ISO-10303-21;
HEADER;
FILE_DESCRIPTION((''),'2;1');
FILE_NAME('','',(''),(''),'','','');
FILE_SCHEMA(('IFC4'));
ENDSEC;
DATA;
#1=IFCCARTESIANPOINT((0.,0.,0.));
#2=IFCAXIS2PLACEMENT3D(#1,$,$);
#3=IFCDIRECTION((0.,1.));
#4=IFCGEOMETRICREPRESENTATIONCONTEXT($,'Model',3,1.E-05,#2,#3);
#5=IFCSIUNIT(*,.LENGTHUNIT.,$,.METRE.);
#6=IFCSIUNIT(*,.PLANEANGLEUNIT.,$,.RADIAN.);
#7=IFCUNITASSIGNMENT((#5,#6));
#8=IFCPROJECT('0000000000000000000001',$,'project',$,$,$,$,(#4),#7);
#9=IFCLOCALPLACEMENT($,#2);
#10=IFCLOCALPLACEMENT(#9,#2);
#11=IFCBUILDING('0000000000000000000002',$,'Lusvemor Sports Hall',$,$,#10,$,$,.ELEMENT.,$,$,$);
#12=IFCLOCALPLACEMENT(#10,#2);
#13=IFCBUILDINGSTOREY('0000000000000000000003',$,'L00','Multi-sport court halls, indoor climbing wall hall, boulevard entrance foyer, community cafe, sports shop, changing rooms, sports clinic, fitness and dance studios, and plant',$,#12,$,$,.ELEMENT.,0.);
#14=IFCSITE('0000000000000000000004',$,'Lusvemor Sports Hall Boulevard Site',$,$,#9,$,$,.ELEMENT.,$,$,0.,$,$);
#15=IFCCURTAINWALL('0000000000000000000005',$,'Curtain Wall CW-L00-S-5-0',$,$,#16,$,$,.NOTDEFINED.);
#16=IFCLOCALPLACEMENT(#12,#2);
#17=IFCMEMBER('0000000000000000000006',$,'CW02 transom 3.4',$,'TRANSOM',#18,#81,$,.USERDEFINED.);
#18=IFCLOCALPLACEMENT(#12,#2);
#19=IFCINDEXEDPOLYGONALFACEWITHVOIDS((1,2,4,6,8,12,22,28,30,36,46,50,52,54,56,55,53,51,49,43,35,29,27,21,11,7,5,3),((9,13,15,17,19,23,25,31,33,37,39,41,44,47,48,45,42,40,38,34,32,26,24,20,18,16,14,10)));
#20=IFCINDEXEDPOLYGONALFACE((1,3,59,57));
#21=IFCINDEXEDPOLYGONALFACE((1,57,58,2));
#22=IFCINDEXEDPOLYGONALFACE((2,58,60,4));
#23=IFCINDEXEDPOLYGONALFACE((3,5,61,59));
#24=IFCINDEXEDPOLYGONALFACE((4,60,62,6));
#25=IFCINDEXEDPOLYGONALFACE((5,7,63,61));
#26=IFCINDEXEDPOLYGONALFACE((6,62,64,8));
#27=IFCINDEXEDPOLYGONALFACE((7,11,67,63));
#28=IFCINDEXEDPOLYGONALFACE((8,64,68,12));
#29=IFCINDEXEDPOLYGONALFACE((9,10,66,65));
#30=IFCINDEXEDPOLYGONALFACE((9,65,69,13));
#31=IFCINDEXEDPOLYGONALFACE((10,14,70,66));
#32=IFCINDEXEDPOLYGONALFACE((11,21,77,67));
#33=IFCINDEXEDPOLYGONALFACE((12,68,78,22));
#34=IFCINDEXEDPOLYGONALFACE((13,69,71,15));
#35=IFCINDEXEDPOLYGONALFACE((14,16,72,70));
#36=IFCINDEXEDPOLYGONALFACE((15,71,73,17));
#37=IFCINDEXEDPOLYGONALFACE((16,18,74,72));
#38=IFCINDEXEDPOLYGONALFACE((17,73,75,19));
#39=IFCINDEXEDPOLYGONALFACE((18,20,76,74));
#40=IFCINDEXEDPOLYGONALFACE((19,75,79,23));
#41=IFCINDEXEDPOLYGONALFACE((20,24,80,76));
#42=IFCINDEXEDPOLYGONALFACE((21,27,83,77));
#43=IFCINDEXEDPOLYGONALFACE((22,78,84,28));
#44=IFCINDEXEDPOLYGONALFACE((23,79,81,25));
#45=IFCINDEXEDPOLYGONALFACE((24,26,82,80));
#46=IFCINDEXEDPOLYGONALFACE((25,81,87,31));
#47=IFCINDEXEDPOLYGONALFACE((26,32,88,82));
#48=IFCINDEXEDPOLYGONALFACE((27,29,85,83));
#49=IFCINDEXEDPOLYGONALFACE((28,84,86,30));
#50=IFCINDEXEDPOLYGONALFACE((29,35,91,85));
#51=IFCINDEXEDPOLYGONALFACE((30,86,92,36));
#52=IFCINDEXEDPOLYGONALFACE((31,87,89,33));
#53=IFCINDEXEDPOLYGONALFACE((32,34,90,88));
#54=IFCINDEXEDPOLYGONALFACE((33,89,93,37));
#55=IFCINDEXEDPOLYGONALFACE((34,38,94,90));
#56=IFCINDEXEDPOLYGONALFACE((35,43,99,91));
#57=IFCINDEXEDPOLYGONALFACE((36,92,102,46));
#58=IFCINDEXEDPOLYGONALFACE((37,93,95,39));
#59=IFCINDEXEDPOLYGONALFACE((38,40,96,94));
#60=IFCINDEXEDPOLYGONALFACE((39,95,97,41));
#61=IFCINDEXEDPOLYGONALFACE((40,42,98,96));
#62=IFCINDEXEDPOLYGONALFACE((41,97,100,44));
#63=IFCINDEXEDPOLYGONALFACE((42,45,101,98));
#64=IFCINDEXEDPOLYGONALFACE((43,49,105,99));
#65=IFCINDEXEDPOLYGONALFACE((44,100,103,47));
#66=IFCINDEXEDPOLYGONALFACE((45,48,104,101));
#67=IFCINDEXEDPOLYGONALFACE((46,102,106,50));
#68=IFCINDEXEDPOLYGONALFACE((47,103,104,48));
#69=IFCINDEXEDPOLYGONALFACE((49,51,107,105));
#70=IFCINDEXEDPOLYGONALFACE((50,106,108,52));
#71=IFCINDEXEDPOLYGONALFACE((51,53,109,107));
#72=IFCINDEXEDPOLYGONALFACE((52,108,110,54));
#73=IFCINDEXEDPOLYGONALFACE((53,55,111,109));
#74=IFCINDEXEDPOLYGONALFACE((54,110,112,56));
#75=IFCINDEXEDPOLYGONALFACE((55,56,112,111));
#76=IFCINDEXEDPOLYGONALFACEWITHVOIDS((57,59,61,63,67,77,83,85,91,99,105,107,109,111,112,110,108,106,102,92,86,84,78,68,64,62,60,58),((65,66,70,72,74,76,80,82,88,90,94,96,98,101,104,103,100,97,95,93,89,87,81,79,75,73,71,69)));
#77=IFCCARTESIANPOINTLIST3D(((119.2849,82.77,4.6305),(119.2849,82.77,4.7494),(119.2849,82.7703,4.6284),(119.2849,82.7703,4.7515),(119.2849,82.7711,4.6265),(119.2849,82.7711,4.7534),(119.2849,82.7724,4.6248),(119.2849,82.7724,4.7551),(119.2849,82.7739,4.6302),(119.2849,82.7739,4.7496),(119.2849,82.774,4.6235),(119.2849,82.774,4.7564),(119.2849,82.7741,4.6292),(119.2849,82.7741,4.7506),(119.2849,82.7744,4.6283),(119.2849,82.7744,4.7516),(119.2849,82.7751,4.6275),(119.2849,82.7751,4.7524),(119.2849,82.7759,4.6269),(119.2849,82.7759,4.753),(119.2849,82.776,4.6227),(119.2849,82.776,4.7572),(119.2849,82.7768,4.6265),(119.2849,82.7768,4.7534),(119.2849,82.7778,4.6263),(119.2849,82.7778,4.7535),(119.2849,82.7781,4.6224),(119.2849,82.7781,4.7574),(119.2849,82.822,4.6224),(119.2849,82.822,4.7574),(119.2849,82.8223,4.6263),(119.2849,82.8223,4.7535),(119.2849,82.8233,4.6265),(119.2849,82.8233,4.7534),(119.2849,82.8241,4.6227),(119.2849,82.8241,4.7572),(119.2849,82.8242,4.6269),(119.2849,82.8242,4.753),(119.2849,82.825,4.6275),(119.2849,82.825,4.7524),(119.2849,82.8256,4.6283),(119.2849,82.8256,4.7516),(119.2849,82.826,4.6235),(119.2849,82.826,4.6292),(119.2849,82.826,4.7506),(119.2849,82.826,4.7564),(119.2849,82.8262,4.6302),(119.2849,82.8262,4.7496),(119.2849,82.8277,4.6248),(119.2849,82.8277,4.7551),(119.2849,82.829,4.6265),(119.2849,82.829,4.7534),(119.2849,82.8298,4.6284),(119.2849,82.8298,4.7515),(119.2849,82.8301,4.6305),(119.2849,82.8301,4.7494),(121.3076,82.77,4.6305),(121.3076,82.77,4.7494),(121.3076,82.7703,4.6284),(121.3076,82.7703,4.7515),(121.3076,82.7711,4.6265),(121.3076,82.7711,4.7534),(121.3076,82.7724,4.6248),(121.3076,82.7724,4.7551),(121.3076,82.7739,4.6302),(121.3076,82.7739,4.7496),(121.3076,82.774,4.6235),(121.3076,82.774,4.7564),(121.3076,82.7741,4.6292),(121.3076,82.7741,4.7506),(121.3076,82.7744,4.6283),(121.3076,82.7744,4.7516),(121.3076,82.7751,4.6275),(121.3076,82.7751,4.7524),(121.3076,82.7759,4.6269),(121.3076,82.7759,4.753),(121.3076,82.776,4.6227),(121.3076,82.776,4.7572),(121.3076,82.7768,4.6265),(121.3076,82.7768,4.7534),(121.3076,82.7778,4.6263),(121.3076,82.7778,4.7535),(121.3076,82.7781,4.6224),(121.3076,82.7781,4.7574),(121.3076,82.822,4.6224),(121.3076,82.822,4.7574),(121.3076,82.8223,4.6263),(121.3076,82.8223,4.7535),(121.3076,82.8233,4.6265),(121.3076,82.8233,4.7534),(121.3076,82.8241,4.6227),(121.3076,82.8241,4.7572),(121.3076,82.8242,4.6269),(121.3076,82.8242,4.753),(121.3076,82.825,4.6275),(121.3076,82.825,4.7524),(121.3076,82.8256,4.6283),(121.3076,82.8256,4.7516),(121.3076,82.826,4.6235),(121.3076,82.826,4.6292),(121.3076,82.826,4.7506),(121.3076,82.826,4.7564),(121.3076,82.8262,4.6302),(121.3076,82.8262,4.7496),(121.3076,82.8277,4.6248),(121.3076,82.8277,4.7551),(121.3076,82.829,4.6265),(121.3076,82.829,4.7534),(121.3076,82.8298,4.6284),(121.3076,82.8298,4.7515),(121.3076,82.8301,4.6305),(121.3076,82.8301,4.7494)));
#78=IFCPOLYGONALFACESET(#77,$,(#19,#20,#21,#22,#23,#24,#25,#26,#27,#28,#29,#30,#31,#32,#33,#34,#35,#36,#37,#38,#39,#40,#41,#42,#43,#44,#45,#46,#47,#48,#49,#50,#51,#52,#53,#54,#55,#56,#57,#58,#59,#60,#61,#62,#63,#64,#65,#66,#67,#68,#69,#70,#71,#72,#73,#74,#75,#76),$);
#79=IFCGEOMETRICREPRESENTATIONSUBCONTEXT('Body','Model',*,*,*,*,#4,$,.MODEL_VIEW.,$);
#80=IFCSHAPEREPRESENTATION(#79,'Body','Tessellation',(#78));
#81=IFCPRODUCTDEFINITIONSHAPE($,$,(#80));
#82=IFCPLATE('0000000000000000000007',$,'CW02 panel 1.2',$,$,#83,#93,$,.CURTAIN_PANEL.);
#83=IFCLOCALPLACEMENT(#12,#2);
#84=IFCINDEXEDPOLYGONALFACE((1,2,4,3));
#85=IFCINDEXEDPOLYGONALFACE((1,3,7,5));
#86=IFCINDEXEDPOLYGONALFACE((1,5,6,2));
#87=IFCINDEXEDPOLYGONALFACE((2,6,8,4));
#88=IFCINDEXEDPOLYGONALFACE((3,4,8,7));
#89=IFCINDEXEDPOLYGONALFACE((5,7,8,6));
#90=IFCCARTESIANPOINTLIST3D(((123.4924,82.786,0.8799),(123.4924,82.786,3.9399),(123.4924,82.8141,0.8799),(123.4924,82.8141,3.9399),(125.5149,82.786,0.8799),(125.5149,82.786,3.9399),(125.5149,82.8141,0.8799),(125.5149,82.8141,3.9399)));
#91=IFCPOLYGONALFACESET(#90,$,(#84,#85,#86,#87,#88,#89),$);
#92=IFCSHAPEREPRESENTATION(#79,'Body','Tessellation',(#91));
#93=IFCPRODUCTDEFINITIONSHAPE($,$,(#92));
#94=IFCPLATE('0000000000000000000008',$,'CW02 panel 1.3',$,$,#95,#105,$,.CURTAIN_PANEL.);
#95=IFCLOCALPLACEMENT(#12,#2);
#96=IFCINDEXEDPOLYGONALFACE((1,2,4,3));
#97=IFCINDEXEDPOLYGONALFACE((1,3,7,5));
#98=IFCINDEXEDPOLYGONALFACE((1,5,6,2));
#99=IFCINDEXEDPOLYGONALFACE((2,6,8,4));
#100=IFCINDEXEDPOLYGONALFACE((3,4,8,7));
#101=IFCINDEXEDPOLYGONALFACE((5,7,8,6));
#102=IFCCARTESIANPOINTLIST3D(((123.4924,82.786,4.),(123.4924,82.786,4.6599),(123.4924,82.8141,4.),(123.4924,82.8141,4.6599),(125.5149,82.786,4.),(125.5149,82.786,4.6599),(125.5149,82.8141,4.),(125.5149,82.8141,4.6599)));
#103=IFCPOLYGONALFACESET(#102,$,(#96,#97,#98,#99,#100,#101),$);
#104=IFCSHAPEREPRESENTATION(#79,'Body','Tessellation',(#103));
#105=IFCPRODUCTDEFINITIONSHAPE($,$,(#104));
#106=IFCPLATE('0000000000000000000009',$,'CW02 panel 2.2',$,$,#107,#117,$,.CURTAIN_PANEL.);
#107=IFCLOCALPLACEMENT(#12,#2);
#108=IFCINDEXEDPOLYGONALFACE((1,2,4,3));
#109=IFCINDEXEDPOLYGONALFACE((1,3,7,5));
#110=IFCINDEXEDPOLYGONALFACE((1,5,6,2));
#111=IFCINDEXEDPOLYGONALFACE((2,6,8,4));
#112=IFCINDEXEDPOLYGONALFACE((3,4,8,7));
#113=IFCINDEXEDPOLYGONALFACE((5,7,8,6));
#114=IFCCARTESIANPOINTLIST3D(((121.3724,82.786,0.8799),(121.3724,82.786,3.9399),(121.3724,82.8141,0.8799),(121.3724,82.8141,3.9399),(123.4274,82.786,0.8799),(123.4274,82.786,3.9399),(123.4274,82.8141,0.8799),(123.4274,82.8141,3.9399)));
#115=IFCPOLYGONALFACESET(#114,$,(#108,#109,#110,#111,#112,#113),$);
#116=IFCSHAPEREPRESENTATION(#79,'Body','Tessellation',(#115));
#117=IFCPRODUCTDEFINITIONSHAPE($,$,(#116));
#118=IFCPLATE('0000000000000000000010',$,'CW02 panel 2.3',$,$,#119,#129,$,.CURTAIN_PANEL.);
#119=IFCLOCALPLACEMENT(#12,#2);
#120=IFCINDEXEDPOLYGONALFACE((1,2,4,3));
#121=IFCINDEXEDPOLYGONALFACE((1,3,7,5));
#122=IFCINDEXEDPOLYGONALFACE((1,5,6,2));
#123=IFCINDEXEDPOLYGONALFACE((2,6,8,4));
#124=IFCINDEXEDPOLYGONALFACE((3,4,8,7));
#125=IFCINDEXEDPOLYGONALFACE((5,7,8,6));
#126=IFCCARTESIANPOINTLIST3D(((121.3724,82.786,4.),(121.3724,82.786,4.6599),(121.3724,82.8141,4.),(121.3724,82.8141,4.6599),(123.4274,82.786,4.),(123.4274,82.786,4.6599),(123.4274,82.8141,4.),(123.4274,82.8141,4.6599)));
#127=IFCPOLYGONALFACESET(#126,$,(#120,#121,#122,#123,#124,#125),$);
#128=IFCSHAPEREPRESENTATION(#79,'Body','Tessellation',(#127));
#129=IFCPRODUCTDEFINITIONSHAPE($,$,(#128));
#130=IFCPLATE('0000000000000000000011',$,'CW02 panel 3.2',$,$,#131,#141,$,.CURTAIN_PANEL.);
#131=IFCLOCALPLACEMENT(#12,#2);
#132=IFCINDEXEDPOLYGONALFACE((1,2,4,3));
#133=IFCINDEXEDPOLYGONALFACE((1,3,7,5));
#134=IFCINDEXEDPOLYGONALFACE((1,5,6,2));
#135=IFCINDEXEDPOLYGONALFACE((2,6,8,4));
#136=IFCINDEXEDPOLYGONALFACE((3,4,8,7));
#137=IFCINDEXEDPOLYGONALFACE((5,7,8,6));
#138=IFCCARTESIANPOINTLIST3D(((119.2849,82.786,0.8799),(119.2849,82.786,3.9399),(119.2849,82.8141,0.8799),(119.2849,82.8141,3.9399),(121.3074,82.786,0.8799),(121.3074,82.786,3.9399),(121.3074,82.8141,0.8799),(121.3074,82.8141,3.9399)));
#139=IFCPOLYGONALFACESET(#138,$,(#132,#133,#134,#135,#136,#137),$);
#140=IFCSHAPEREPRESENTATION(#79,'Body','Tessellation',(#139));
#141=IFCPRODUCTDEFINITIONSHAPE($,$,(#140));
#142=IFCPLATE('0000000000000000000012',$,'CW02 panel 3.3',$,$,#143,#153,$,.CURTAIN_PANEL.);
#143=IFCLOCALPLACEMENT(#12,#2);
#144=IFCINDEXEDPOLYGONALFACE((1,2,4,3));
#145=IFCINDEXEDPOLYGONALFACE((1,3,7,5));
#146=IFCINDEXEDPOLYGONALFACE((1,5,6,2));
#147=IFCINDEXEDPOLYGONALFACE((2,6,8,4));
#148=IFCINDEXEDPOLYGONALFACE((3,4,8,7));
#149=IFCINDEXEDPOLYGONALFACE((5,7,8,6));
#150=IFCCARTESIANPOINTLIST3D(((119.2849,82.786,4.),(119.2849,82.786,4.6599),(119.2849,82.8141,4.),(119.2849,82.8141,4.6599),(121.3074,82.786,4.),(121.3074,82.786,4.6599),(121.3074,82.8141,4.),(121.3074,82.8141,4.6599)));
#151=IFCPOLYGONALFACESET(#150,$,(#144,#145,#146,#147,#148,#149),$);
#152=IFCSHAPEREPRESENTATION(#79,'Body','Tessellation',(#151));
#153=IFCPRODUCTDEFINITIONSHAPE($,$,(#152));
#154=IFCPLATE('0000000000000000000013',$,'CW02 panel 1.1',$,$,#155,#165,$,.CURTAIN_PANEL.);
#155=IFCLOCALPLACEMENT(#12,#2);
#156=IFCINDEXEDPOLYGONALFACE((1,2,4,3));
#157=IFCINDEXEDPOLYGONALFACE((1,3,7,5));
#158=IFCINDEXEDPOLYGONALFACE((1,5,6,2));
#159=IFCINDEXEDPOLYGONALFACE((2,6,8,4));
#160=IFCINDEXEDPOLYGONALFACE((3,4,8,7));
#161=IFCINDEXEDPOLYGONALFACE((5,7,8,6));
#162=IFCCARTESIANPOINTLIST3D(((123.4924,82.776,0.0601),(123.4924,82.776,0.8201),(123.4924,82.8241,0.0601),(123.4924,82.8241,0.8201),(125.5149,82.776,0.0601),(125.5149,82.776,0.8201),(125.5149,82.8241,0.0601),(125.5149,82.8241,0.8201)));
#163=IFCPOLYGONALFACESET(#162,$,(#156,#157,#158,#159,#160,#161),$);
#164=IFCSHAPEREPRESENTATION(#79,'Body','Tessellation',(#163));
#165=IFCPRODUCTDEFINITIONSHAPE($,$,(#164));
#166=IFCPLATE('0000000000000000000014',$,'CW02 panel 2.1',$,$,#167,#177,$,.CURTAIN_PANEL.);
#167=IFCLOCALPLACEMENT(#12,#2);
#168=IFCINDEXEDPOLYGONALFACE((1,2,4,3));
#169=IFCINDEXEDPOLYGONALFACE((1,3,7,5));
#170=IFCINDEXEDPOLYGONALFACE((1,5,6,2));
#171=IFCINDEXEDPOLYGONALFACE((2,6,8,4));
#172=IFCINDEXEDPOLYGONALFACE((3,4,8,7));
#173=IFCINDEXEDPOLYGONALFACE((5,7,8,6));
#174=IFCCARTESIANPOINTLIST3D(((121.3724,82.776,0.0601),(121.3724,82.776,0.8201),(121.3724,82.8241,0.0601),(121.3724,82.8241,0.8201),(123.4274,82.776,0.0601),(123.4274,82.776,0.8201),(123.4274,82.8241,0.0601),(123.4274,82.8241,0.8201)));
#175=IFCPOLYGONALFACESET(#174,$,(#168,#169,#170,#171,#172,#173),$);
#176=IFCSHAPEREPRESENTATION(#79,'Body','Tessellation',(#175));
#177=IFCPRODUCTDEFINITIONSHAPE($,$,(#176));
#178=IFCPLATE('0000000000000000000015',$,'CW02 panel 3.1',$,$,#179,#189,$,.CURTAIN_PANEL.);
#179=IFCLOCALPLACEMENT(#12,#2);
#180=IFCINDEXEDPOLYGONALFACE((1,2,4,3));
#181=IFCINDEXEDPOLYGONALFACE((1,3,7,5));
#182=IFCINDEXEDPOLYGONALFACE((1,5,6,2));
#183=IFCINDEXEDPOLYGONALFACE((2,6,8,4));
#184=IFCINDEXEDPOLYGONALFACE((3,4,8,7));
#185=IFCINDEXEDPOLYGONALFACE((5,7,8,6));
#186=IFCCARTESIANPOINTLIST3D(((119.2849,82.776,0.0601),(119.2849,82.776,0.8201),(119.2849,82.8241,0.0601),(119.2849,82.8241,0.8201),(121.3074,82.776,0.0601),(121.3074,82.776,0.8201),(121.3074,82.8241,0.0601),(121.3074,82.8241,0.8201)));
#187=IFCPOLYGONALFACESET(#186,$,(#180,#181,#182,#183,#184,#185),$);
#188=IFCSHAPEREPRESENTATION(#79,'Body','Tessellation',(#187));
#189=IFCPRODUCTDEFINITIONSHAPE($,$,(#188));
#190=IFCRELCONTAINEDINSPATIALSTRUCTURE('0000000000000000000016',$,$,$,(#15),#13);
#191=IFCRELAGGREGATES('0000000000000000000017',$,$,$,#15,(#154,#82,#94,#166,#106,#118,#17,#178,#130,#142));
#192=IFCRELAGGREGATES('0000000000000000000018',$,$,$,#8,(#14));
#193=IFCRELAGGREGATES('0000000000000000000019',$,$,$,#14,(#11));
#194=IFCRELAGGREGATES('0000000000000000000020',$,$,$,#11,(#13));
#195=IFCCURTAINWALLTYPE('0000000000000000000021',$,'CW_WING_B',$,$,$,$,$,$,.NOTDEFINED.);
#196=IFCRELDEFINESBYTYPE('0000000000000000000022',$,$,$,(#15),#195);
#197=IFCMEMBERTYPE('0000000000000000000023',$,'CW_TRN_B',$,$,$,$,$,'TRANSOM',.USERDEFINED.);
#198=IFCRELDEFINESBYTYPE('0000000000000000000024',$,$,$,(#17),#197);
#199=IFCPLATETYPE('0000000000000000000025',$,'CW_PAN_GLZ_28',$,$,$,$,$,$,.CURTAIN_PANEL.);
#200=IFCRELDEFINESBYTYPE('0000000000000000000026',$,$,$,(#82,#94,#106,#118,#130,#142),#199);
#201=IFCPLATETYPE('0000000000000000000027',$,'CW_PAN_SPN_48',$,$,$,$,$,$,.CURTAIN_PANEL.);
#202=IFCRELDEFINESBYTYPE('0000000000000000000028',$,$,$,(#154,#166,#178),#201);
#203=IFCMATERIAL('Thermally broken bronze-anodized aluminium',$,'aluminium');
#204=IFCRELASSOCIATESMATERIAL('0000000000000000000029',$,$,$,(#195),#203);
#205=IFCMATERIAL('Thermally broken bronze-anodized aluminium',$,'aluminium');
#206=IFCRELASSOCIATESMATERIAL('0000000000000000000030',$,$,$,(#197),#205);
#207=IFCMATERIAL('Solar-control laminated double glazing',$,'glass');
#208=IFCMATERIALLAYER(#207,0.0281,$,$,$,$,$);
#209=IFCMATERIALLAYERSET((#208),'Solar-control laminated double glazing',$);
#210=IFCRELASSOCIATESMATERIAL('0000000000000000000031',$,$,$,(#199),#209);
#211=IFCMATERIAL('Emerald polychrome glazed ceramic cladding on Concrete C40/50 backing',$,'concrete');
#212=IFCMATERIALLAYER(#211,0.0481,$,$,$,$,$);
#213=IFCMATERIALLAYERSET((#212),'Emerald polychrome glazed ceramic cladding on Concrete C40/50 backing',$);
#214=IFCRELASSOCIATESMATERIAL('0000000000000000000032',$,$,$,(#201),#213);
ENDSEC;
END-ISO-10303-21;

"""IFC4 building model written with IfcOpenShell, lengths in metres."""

from ifc_helpers import new_model, si_unit, direction, frame, origin, origin_2d, place, context, subcontext, project, spatial, rectangle, hollow_rectangle, extrude, material, layer, layer_set, material_profile, profile_set, type_object, element, aggregate, save


model = new_model("IFC4")

# Units and contexts
model_context = context("Model", 3, precision=1e-05, world=origin(), true_north=direction((0.0, 1.0)))
body_context = subcontext(model_context, "Body", "Model", "MODEL_VIEW")
ifc_project = project(units=[si_unit("LENGTHUNIT", "METRE"), si_unit("PLANEANGLEUNIT", "RADIAN")], contexts=[model_context])

# Site, building, storey
site_placement = place(None, origin())
site = spatial("IfcSite", under=ifc_project, at=site_placement, Name="Lusvemor Sports Hall Boulevard Site", CompositionType="ELEMENT", RefElevation=0.0)
building_placement = place(site_placement, origin())
building = spatial("IfcBuilding", under=site, at=building_placement, Name="Lusvemor Sports Hall", CompositionType="ELEMENT")
storey_placement = place(building_placement, origin())
storey = spatial("IfcBuildingStorey", under=building, at=storey_placement, Name="L00", Description="Multi-sport court halls, indoor climbing wall hall, boulevard entrance foyer, community cafe, sports shop, changing rooms, sports clinic, fitness and dance studios, and plant", CompositionType="ELEMENT", Elevation=0.0)

# Curtain wall, member, plates
ifc_material_1 = material(Name="Thermally broken bronze-anodized aluminium", Category="aluminium")
curtain_wall_type = type_object("IfcCurtainWallType", Name="CW_WING_B", PredefinedType="NOTDEFINED", material=ifc_material_1)
curtain_wall_placement = place(storey_placement, origin())
curtain_wall = element("IfcCurtainWall", 1, at=curtain_wall_placement, inside=storey, type_object=curtain_wall_type, Name="Curtain Wall CW-L00-S-5-0", PredefinedType="NOTDEFINED")
ifc_material_2 = material(Name="Thermally broken bronze-anodized aluminium", Category="aluminium")
ifc_material_profile_1 = material_profile(ifc_material_2, hollow_rectangle(XDim=0.0601, YDim=0.135, WallThickness=0.0039, InnerFilletRadius=0.0039, OuterFilletRadius=0.0081, at=origin_2d()), Name="CWTRN135x60x4")
ifc_profile_set_1 = profile_set([ifc_material_profile_1], Name="Thermally broken bronze-anodized aluminium")
member_type_1 = type_object("IfcMemberType", Name="CW_TRN_B", ElementType="TRANSOM", PredefinedType="USERDEFINED", material=ifc_profile_set_1)
member_1_placement = place(storey_placement, frame((121.3076, 82.8, 4.6899), z_axis=(-1.0, 0.0, 0.0), x_axis=(0.0, -1.0, 0.0)))
member_1 = element("IfcMember", 2, at=member_1_placement, type_object=member_type_1, Name="CW02 transom 3.4", ObjectType="TRANSOM", PredefinedType="USERDEFINED", context=body_context, shape_type="SweptSolid", body=[
    extrude(hollow_rectangle(XDim=0.0601, YDim=0.135, WallThickness=0.0039, InnerFilletRadius=0.0039, OuterFilletRadius=0.0081, at=origin_2d()), origin(), (0.0, 0.0, 1.0), 2.0227),
])
ifc_material_3 = material(Name="Solar-control laminated double glazing", Category="glass")
ifc_layer_1 = layer(ifc_material_3, 0.0281)
ifc_layer_set_1 = layer_set([ifc_layer_1], Name="Solar-control laminated double glazing")
plate_type_1 = type_object("IfcPlateType", Name="CW_PAN_GLZ_28", PredefinedType="CURTAIN_PANEL", material=ifc_layer_set_1)
plate_1_placement = place(storey_placement, frame((124.5037, 82.8, 0.8799), z_axis=(0.0, 0.0, 1.0), x_axis=(-1.0, 0.0, 0.0)))
plate_1 = element("IfcPlate", 3, at=plate_1_placement, type_object=plate_type_1, Name="CW02 panel 1.2", PredefinedType="CURTAIN_PANEL", context=body_context, shape_type="SweptSolid", body=[
    extrude(rectangle(XDim=2.0225, YDim=0.0281, at=origin_2d()), origin(), (0.0, 0.0, 1.0), 3.0601),
])
plate_2_placement = place(storey_placement, frame((124.5037, 82.8, 4.0), z_axis=(0.0, 0.0, 1.0), x_axis=(-1.0, 0.0, 0.0)))
plate_2 = element("IfcPlate", 4, at=plate_2_placement, type_object=plate_type_1, Name="CW02 panel 1.3", PredefinedType="CURTAIN_PANEL", context=body_context, shape_type="SweptSolid", body=[
    extrude(rectangle(XDim=2.0225, YDim=0.0281, at=origin_2d()), origin(), (0.0, 0.0, 1.0), 0.6599),
])
plate_3_placement = place(storey_placement, frame((122.3999, 82.8, 0.8799), z_axis=(0.0, 0.0, 1.0), x_axis=(-1.0, 0.0, 0.0)))
plate_3 = element("IfcPlate", 5, at=plate_3_placement, type_object=plate_type_1, Name="CW02 panel 2.2", PredefinedType="CURTAIN_PANEL", context=body_context, shape_type="SweptSolid", body=[
    extrude(rectangle(XDim=2.0549, YDim=0.0281, at=origin_2d()), origin(), (0.0, 0.0, 1.0), 3.0601),
])
plate_4_placement = place(storey_placement, frame((122.3999, 82.8, 4.0), z_axis=(0.0, 0.0, 1.0), x_axis=(-1.0, 0.0, 0.0)))
plate_4 = element("IfcPlate", 6, at=plate_4_placement, type_object=plate_type_1, Name="CW02 panel 2.3", PredefinedType="CURTAIN_PANEL", context=body_context, shape_type="SweptSolid", body=[
    extrude(rectangle(XDim=2.0549, YDim=0.0281, at=origin_2d()), origin(), (0.0, 0.0, 1.0), 0.6599),
])
plate_5_placement = place(storey_placement, frame((120.2961, 82.8, 0.8799), z_axis=(0.0, 0.0, 1.0), x_axis=(-1.0, 0.0, 0.0)))
plate_5 = element("IfcPlate", 7, at=plate_5_placement, type_object=plate_type_1, Name="CW02 panel 3.2", PredefinedType="CURTAIN_PANEL", context=body_context, shape_type="SweptSolid", body=[
    extrude(rectangle(XDim=2.0225, YDim=0.0281, at=origin_2d()), origin(), (0.0, 0.0, 1.0), 3.0601),
])
plate_6_placement = place(storey_placement, frame((120.2961, 82.8, 4.0), z_axis=(0.0, 0.0, 1.0), x_axis=(-1.0, 0.0, 0.0)))
plate_6 = element("IfcPlate", 8, at=plate_6_placement, type_object=plate_type_1, Name="CW02 panel 3.3", PredefinedType="CURTAIN_PANEL", context=body_context, shape_type="SweptSolid", body=[
    extrude(rectangle(XDim=2.0225, YDim=0.0281, at=origin_2d()), origin(), (0.0, 0.0, 1.0), 0.6599),
])
ifc_material_4 = material(Name="Emerald polychrome glazed ceramic cladding on Concrete C40/50 backing", Category="concrete")
ifc_layer_2 = layer(ifc_material_4, 0.0481)
ifc_layer_set_2 = layer_set([ifc_layer_2], Name="Emerald polychrome glazed ceramic cladding on Concrete C40/50 backing")
plate_type_2 = type_object("IfcPlateType", Name="CW_PAN_SPN_48", PredefinedType="CURTAIN_PANEL", material=ifc_layer_set_2)
plate_7_placement = place(storey_placement, frame((124.5037, 82.8, 0.0601), z_axis=(0.0, 0.0, 1.0), x_axis=(-1.0, 0.0, 0.0)))
plate_7 = element("IfcPlate", 9, at=plate_7_placement, type_object=plate_type_2, Name="CW02 panel 1.1", PredefinedType="CURTAIN_PANEL", context=body_context, shape_type="SweptSolid", body=[
    extrude(rectangle(XDim=2.0225, YDim=0.0481, at=origin_2d()), origin(), (0.0, 0.0, 1.0), 0.76),
])
plate_8_placement = place(storey_placement, frame((122.3999, 82.8, 0.0601), z_axis=(0.0, 0.0, 1.0), x_axis=(-1.0, 0.0, 0.0)))
plate_8 = element("IfcPlate", 10, at=plate_8_placement, type_object=plate_type_2, Name="CW02 panel 2.1", PredefinedType="CURTAIN_PANEL", context=body_context, shape_type="SweptSolid", body=[
    extrude(rectangle(XDim=2.0549, YDim=0.0481, at=origin_2d()), origin(), (0.0, 0.0, 1.0), 0.76),
])
plate_9_placement = place(storey_placement, frame((120.2961, 82.8, 0.0601), z_axis=(0.0, 0.0, 1.0), x_axis=(-1.0, 0.0, 0.0)))
plate_9 = element("IfcPlate", 11, at=plate_9_placement, type_object=plate_type_2, Name="CW02 panel 3.1", PredefinedType="CURTAIN_PANEL", context=body_context, shape_type="SweptSolid", body=[
    extrude(rectangle(XDim=2.0225, YDim=0.0481, at=origin_2d()), origin(), (0.0, 0.0, 1.0), 0.76),
])
aggregate(curtain_wall, [plate_7, plate_1, plate_2, plate_8, plate_3, plate_4, member_1, plate_9, plate_5, plate_6])

save(model, "model.ifc")
